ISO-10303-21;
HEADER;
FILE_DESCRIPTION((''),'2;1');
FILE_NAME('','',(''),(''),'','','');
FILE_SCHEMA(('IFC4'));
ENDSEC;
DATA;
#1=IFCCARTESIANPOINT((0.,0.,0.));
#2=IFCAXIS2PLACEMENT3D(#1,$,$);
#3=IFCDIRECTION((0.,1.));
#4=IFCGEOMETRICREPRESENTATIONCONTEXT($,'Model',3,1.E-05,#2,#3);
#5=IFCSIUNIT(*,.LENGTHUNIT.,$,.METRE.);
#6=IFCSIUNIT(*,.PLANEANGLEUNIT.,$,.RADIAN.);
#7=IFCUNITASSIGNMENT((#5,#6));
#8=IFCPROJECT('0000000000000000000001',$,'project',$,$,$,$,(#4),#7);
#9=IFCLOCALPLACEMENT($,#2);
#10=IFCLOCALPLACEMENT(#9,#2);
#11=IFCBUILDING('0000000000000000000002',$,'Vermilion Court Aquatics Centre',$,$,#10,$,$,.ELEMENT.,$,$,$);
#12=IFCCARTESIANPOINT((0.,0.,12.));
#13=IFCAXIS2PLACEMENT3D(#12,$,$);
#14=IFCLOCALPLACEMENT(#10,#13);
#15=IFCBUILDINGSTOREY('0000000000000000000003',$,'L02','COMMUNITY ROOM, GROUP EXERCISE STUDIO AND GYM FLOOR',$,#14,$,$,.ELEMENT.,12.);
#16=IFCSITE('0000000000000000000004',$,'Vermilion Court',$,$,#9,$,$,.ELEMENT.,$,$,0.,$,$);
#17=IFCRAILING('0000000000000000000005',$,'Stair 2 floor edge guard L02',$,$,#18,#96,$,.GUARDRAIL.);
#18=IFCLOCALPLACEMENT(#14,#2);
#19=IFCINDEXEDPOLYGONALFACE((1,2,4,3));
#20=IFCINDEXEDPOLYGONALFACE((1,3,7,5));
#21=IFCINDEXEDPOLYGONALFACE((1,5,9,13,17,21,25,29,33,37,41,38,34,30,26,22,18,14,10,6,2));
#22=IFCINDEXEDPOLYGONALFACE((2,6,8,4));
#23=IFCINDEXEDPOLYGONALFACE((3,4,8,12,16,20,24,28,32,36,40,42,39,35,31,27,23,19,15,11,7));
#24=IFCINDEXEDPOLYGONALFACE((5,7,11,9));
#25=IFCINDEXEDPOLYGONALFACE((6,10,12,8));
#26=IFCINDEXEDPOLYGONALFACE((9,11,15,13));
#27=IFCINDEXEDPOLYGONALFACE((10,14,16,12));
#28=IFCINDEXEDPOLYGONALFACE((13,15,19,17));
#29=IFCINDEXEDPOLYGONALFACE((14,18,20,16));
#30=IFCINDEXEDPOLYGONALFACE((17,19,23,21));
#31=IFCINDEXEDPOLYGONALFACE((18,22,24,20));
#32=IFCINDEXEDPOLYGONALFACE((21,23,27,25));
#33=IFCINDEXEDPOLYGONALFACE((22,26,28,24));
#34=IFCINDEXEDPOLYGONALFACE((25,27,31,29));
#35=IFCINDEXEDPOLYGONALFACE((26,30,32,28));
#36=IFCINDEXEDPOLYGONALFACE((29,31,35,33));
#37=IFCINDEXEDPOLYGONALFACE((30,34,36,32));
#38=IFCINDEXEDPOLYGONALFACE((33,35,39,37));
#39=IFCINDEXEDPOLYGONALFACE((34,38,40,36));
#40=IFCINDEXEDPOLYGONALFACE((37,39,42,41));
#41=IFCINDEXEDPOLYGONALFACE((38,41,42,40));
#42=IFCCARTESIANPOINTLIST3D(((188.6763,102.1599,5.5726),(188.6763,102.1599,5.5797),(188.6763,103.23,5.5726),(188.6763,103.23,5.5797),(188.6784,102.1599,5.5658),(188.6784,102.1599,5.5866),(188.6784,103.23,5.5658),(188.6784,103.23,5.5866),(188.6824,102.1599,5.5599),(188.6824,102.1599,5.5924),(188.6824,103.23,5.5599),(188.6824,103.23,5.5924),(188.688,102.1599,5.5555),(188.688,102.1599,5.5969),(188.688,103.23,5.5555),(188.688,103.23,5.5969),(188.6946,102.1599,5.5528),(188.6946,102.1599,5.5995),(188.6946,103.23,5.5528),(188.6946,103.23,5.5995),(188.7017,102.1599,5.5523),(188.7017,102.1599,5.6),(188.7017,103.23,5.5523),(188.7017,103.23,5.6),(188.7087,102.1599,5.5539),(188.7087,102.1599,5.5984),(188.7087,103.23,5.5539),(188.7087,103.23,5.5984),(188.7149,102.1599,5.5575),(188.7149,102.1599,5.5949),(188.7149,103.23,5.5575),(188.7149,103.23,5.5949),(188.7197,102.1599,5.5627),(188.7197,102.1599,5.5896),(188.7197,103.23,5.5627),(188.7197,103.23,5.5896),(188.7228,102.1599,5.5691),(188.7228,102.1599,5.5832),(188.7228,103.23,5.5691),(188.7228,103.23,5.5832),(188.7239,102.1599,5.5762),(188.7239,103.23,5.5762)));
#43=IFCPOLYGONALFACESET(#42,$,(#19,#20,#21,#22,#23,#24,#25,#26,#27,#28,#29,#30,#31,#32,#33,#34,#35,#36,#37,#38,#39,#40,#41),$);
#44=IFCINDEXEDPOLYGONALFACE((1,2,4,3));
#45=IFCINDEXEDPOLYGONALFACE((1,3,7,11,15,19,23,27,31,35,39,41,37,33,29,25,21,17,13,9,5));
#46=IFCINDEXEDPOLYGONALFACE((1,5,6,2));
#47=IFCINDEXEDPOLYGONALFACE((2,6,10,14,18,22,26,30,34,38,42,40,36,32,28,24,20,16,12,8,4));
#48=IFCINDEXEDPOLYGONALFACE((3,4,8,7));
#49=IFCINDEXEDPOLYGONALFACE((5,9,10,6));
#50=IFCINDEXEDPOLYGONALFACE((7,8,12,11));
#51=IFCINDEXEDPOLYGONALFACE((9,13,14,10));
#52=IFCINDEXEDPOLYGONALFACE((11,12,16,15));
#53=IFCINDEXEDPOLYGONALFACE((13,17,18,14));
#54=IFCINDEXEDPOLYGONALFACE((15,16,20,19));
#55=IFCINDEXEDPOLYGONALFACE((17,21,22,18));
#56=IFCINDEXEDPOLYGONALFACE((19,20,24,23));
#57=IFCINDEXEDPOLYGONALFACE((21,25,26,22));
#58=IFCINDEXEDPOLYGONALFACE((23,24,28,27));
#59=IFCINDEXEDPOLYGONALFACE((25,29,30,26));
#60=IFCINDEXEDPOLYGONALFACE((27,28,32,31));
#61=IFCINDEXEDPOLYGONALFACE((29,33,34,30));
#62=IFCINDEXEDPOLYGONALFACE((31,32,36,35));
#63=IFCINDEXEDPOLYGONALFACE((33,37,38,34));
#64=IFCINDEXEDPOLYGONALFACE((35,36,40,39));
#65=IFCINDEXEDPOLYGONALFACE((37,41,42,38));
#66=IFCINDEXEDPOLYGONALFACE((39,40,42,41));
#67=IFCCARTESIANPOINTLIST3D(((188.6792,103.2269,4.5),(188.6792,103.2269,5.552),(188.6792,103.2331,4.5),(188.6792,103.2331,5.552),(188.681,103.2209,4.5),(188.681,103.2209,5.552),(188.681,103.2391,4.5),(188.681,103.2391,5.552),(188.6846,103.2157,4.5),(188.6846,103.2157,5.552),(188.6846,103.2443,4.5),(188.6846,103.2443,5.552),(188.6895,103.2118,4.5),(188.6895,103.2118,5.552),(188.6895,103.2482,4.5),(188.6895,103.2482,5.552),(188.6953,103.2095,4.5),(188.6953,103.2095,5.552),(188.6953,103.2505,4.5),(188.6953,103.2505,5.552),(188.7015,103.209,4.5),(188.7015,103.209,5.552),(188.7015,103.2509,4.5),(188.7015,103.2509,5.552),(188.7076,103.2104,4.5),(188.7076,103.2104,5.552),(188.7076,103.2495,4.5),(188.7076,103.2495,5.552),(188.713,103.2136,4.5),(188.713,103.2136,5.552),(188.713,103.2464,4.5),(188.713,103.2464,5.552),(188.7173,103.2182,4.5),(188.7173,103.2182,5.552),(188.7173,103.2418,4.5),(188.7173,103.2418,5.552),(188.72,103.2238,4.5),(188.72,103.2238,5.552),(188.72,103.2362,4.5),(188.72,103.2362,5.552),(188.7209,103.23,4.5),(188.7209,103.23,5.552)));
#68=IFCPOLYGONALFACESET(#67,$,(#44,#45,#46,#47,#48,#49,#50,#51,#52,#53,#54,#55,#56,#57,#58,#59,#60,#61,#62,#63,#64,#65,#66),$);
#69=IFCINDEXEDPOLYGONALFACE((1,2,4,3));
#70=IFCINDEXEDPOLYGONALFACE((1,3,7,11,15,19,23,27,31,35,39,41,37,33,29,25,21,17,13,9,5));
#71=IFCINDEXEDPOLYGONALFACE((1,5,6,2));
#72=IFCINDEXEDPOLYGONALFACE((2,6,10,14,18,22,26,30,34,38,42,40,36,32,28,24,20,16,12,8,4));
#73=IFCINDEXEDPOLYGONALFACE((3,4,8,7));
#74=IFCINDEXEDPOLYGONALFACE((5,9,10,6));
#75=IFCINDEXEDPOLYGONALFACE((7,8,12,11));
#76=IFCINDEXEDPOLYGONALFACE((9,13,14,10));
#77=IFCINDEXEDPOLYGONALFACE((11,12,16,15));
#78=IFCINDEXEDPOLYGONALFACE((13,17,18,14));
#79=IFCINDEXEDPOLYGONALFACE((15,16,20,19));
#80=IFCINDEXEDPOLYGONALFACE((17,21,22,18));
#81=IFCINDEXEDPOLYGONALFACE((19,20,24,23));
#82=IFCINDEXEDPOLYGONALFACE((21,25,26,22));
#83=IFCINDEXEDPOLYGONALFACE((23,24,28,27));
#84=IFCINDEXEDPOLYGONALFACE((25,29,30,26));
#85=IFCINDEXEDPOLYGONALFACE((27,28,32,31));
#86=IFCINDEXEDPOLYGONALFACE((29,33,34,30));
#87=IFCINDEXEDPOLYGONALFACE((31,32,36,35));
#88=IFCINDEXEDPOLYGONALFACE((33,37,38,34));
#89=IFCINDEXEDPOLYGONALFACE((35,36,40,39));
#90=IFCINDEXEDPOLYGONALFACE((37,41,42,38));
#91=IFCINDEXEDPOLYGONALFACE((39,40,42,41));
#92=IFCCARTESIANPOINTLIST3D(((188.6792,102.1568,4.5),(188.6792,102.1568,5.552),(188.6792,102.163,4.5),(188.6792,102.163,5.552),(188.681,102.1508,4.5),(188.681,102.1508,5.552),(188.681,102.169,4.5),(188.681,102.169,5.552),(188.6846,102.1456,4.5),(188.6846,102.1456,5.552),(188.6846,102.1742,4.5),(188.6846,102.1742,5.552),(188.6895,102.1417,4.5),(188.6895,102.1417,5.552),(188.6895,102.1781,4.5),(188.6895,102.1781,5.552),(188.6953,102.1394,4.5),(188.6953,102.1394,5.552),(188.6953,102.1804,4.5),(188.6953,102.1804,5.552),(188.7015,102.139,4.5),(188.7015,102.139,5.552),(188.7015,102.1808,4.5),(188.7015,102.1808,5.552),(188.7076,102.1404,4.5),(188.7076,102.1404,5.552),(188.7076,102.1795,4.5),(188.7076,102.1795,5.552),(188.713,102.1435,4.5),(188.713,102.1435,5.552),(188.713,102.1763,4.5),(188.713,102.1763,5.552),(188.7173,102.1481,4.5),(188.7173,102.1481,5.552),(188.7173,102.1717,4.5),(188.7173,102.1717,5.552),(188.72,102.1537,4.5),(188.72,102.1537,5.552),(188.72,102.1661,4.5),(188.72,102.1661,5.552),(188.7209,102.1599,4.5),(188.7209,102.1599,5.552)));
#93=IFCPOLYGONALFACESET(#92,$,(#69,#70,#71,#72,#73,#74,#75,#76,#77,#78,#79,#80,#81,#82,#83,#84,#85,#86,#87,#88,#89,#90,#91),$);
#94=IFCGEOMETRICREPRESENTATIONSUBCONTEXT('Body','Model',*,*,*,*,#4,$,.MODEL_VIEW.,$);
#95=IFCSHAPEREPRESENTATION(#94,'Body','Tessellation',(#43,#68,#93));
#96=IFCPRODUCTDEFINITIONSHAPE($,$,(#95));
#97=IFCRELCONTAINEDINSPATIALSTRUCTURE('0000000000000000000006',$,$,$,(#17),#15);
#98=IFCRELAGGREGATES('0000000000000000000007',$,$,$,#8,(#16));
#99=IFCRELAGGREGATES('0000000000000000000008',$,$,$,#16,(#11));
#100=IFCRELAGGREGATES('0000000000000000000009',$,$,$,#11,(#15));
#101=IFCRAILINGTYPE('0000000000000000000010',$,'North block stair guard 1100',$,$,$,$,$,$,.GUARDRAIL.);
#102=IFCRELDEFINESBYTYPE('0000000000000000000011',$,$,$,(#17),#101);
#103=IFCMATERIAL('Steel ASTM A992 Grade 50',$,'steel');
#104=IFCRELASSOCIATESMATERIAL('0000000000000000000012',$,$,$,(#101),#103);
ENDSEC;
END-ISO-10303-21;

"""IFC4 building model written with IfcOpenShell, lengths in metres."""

from ifc_helpers import new_model, si_unit, direction, frame, origin, origin_2d, place, context, subcontext, project, spatial, circle, extrude, material, type_object, element, save


model = new_model("IFC4")

# Units and contexts
model_context = context("Model", 3, precision=1e-05, world=origin(), true_north=direction((0.0, 1.0)))
body_context = subcontext(model_context, "Body", "Model", "MODEL_VIEW")
ifc_project = project(units=[si_unit("LENGTHUNIT", "METRE"), si_unit("PLANEANGLEUNIT", "RADIAN")], contexts=[model_context])

# Site, building, storey
site_placement = place(None, origin())
site = spatial("IfcSite", under=ifc_project, at=site_placement, Name="Vermilion Court", CompositionType="ELEMENT", RefElevation=0.0)
building_placement = place(site_placement, origin())
building = spatial("IfcBuilding", under=site, at=building_placement, Name="Vermilion Court Aquatics Centre", CompositionType="ELEMENT")
storey_placement = place(building_placement, frame((0.0, 0.0, 12.0)))
storey = spatial("IfcBuildingStorey", under=building, at=storey_placement, Name="L02", Description="COMMUNITY ROOM, GROUP EXERCISE STUDIO AND GYM FLOOR", CompositionType="ELEMENT", Elevation=12.0)

# Railing
ifc_material_1 = material(Name="Steel ASTM A992 Grade 50", Category="steel")
railing_type_1 = type_object("IfcRailingType", Name="North block stair guard 1100", PredefinedType="GUARDRAIL", material=ifc_material_1)
railing_1_placement = place(storey_placement, frame((188.7, 103.23, 4.5)))
element("IfcRailing", 1, at=railing_1_placement, inside=storey, type_object=railing_type_1, Name="Stair 2 floor edge guard L02", PredefinedType="GUARDRAIL", context=body_context, shape_type="SweptSolid", body=[
    extrude(circle(Radius=0.0239, at=origin_2d()), frame((0.0, 0.0, 1.0762), z_axis=(0.0, -1.0, 0.0), x_axis=(1.0, 0.0, 0.0)), (0.0, 0.0, 1.0), 1.0701),
    extrude(circle(Radius=0.021, at=origin_2d()), origin(), (0.0, 0.0, 1.0), 1.052),
    extrude(circle(Radius=0.021, at=origin_2d()), frame((0.0, -1.0701, 0.0)), (0.0, 0.0, 1.0), 1.052),
])

save(model, "model.ifc")
